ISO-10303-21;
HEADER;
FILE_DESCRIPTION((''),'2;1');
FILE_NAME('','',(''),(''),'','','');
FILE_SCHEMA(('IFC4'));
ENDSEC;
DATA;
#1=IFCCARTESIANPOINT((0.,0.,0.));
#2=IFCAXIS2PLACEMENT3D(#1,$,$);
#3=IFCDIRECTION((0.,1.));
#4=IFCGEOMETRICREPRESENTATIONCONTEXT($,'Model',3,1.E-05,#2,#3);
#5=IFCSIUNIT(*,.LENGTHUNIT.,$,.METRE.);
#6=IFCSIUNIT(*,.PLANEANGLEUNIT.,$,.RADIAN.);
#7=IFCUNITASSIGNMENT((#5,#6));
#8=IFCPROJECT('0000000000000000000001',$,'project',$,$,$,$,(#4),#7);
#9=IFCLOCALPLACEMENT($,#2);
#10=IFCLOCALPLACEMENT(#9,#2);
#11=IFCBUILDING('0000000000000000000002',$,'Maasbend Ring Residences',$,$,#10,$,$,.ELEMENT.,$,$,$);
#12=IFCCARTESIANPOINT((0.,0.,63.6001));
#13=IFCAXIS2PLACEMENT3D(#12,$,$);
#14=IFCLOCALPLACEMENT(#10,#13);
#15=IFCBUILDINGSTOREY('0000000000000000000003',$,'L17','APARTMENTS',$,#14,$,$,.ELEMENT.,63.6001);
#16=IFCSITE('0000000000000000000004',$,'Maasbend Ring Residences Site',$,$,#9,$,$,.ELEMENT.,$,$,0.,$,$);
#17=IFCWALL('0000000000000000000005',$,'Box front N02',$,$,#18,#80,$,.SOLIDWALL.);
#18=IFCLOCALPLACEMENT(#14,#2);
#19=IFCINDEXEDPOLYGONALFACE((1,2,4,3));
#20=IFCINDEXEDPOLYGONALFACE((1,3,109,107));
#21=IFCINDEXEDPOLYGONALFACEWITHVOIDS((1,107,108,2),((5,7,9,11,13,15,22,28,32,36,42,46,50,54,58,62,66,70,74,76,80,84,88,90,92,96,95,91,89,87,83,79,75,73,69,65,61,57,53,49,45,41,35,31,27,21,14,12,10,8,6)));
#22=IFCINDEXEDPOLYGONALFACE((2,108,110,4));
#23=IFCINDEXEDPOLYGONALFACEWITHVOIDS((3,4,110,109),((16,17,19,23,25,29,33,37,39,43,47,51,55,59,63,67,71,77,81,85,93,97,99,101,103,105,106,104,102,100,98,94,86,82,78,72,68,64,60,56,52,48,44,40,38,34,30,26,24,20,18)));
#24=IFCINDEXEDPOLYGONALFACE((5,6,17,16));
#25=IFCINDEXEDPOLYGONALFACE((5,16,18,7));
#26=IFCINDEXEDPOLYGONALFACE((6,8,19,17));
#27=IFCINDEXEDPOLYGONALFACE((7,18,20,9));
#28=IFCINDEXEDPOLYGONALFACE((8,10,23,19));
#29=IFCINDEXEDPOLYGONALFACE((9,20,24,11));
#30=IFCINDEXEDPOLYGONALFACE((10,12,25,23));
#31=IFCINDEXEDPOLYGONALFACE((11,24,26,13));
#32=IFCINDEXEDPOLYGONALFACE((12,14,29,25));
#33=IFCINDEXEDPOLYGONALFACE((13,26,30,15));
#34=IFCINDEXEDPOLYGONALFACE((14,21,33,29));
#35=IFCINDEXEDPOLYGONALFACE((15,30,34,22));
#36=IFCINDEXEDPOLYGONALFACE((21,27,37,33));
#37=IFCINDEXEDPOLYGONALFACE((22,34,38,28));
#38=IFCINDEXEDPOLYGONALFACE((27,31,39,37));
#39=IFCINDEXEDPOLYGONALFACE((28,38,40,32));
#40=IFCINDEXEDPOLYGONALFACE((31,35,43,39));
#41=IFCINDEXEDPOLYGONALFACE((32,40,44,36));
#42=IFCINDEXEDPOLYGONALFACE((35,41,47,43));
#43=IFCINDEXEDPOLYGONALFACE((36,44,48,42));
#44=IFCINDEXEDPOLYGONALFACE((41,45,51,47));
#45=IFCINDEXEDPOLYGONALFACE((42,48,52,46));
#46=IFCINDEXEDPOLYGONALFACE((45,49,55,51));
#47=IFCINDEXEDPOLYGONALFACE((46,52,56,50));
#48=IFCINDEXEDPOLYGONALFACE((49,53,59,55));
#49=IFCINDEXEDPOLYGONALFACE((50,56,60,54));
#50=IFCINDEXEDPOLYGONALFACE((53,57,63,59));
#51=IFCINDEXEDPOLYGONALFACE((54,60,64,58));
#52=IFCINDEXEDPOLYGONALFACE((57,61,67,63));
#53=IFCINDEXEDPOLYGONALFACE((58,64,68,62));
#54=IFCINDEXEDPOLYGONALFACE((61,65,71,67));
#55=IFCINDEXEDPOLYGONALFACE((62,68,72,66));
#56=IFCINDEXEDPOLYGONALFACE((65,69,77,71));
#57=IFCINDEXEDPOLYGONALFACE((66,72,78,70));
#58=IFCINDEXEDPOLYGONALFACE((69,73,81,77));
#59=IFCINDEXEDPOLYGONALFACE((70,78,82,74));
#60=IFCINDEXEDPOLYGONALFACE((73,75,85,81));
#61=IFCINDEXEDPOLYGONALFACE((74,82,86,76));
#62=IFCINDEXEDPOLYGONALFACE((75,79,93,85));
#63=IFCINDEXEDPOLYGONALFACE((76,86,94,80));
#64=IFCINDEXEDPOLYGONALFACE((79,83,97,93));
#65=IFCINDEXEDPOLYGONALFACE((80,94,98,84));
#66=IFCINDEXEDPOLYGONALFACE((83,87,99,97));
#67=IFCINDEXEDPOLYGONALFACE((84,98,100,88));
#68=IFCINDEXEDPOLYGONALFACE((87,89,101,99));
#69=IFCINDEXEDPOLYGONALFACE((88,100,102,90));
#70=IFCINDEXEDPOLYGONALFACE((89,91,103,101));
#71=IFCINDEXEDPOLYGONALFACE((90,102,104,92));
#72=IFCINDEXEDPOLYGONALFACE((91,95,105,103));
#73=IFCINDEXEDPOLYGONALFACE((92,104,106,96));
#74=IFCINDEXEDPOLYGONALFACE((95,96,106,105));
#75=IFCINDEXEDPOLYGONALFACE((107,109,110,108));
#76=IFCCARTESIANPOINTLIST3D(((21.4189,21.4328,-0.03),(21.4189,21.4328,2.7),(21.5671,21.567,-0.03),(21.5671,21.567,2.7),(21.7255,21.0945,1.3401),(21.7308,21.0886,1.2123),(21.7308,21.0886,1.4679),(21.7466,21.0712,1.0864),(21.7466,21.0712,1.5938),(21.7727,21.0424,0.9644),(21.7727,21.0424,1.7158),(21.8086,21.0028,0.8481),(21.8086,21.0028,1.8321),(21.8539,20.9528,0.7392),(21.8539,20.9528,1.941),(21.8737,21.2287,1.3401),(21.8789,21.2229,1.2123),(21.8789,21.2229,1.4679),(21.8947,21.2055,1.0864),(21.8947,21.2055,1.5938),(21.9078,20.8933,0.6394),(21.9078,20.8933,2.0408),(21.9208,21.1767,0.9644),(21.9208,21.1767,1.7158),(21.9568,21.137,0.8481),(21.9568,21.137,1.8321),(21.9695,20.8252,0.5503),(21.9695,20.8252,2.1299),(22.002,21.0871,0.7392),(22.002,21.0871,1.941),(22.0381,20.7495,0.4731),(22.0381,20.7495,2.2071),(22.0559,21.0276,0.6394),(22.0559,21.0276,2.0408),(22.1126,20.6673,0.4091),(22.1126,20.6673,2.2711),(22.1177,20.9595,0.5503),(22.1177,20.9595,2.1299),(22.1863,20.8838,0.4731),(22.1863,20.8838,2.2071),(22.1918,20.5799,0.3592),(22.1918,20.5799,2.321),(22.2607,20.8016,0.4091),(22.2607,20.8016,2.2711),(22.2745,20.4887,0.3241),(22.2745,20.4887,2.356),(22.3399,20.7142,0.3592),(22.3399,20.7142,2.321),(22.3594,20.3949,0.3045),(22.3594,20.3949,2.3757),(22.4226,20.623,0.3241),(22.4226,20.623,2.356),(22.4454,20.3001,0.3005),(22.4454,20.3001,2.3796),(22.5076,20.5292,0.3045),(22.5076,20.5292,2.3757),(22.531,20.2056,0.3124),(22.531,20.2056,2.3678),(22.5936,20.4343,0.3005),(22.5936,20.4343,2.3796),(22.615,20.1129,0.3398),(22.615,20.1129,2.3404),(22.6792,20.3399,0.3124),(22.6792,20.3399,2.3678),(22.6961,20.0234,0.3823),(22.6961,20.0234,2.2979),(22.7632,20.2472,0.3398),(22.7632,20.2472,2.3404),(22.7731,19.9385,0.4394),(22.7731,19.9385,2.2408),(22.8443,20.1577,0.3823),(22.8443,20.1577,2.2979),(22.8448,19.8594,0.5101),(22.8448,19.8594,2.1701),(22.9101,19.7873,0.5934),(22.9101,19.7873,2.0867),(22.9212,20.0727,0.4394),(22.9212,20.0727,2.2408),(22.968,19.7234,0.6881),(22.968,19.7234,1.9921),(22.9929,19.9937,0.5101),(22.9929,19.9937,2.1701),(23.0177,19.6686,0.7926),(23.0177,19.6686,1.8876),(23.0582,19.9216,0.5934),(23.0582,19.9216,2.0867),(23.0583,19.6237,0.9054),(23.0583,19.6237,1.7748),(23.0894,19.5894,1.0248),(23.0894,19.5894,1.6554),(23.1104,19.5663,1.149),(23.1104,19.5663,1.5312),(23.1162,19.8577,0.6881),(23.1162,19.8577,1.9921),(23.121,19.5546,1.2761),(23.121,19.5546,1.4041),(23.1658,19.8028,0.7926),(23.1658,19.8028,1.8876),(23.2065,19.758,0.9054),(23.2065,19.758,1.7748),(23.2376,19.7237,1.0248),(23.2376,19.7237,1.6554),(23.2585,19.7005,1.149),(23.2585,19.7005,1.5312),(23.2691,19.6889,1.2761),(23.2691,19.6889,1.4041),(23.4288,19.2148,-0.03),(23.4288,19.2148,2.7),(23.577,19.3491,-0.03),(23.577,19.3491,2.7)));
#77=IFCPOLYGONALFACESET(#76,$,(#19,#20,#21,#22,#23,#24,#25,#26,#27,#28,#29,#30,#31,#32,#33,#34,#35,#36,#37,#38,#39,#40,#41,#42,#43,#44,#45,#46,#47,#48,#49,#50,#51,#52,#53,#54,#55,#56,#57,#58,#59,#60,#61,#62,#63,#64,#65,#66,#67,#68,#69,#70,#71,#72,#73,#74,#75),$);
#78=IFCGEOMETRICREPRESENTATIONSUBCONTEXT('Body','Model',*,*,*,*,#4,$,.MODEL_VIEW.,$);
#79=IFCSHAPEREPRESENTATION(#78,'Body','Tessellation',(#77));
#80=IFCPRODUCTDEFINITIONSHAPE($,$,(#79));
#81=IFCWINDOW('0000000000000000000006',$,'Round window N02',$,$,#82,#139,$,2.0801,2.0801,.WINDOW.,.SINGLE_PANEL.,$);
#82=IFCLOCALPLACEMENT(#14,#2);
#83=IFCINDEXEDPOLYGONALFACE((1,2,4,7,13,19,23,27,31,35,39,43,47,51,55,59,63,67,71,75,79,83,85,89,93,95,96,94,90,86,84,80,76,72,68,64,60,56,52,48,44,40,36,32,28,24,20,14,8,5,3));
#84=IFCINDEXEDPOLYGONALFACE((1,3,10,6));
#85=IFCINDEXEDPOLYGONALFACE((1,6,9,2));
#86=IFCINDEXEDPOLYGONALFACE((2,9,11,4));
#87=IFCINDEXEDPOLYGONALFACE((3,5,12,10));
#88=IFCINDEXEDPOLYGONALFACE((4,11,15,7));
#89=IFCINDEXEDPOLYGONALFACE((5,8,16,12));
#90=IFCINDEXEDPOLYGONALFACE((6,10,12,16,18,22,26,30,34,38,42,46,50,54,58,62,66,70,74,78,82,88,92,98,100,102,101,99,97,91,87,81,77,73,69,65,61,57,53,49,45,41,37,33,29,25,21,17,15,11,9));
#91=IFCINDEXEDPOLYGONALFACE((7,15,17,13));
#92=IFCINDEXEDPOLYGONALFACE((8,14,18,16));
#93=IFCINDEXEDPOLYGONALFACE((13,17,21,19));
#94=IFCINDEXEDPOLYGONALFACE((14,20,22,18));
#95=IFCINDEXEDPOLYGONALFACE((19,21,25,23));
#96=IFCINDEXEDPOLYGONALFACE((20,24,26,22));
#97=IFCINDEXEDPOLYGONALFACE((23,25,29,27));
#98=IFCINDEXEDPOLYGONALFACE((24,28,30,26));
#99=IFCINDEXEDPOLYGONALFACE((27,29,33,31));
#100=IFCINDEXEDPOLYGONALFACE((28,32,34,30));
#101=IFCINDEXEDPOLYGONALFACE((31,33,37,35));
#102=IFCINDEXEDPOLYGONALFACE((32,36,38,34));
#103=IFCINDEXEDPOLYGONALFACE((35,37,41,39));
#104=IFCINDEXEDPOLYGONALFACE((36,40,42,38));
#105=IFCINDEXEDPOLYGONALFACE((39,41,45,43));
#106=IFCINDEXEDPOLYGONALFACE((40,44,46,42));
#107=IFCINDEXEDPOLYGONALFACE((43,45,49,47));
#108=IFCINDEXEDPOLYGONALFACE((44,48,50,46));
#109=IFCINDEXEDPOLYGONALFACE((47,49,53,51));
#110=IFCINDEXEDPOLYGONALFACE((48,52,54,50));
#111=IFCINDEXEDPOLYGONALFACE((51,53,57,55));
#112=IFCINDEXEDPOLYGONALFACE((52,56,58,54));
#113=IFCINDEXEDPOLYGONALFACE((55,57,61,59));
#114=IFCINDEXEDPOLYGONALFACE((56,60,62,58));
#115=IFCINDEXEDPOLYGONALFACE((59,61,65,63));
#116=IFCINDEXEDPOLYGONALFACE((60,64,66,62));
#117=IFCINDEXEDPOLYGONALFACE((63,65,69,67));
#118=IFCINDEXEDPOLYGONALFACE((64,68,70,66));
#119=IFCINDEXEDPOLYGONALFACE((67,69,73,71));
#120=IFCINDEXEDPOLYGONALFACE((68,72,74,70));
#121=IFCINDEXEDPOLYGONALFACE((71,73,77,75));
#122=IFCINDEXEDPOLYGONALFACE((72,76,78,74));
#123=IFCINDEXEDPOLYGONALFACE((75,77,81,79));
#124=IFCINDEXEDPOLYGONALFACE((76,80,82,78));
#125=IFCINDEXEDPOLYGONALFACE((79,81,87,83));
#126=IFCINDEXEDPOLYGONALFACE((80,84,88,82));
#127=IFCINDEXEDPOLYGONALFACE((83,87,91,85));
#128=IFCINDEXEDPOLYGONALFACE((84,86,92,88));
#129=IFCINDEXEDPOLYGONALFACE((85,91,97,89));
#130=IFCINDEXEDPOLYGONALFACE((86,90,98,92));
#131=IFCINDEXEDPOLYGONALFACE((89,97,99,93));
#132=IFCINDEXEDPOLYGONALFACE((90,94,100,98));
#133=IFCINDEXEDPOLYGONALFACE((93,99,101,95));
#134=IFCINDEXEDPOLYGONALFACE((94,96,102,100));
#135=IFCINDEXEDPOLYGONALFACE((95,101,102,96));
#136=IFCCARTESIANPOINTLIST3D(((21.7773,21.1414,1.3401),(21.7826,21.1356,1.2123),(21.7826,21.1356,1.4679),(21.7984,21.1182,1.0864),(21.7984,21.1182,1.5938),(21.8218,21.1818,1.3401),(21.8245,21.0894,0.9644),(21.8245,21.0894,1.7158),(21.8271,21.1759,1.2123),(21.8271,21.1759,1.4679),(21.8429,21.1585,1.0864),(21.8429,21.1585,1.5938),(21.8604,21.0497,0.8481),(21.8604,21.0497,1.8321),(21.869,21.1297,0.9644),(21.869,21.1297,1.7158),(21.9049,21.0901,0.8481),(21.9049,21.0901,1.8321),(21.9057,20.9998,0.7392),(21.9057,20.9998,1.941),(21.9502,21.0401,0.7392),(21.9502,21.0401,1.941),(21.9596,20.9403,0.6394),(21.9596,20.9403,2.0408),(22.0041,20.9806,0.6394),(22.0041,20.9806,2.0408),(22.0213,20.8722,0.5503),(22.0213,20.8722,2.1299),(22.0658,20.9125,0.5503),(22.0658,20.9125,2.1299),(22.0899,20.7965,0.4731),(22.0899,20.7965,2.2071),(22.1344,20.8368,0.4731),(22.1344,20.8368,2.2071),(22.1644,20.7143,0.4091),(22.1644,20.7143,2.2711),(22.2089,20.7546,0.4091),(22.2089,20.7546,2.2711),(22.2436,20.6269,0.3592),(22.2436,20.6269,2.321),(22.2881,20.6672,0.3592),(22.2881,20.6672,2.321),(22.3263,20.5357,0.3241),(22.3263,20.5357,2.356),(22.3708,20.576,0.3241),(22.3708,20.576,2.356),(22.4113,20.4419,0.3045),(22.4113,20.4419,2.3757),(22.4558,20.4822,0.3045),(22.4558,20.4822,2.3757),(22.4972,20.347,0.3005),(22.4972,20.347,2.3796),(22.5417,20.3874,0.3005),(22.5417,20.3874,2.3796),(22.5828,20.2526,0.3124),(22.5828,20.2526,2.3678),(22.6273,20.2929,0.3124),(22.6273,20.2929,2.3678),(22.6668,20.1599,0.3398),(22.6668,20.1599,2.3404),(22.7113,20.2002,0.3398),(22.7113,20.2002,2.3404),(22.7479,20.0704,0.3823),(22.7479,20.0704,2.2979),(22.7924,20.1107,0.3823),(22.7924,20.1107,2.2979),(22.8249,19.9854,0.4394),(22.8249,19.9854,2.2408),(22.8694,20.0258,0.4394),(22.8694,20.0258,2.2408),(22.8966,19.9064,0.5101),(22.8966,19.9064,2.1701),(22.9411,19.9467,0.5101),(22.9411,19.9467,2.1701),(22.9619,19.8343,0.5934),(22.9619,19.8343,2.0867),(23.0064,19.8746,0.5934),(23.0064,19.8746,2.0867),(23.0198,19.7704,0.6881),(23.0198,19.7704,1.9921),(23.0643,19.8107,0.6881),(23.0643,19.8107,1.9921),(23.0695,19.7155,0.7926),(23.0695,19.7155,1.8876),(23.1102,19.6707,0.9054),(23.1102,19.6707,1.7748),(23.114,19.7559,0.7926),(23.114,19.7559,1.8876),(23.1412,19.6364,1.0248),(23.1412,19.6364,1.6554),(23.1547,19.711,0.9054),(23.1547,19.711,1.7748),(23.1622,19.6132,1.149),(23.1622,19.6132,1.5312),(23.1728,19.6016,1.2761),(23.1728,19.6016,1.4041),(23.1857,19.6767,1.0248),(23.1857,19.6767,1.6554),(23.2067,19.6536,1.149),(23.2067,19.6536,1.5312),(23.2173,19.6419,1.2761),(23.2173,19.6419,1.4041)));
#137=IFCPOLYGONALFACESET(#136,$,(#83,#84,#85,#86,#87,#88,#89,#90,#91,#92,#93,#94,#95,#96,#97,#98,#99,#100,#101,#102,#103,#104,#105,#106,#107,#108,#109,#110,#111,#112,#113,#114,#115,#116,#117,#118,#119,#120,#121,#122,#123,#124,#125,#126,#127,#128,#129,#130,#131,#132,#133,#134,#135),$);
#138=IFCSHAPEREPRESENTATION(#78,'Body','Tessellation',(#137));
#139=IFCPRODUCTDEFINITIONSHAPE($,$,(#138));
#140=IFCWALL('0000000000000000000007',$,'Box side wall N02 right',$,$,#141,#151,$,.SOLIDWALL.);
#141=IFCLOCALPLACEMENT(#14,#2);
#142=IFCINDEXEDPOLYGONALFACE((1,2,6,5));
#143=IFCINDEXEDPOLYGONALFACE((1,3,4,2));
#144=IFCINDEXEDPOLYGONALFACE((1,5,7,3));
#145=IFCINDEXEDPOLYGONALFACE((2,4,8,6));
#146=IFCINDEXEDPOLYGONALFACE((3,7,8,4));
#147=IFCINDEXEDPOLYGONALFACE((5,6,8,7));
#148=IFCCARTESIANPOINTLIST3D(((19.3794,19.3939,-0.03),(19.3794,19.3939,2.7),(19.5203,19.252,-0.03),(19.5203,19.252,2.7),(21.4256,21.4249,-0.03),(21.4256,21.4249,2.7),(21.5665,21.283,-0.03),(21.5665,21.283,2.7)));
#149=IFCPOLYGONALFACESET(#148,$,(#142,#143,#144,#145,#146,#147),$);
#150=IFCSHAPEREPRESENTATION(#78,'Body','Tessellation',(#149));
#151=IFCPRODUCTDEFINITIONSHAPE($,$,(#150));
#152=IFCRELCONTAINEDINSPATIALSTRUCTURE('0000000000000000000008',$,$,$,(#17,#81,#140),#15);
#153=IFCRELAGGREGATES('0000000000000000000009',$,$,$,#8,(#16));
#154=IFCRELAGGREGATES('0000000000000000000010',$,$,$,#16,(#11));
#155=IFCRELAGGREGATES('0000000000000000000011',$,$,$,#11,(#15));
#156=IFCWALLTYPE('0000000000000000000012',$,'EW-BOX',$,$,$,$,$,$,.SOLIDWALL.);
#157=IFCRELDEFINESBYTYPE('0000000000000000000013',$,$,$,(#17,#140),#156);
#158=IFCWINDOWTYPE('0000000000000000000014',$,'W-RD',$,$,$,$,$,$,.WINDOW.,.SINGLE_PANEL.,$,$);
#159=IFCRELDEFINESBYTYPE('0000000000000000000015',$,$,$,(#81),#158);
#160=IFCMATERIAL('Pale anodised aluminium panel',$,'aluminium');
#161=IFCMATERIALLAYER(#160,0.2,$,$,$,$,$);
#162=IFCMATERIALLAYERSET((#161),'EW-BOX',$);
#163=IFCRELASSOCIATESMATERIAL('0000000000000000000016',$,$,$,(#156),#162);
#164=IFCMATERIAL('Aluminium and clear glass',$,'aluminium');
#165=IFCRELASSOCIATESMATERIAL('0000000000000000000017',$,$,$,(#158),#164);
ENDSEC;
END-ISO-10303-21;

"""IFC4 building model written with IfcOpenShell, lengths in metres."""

from ifc_helpers import new_model, si_unit, direction, frame, frame_2d, origin, place, context, subcontext, project, spatial, rectangle, circle, extrude, material, layer, layer_set, type_object, element, fill, save


model = new_model("IFC4")

# Units and contexts
model_context = context("Model", 3, precision=1e-05, world=origin(), true_north=direction((0.0, 1.0)))
body_context = subcontext(model_context, "Body", "Model", "MODEL_VIEW")
ifc_project = project(units=[si_unit("LENGTHUNIT", "METRE"), si_unit("PLANEANGLEUNIT", "RADIAN")], contexts=[model_context])

# Site, building, storey
site_placement = place(None, origin())
site = spatial("IfcSite", under=ifc_project, at=site_placement, Name="Maasbend Ring Residences Site", CompositionType="ELEMENT", RefElevation=0.0)
building_placement = place(site_placement, origin())
building = spatial("IfcBuilding", under=site, at=building_placement, Name="Maasbend Ring Residences", CompositionType="ELEMENT")
storey_placement = place(building_placement, frame((0.0, 0.0, 63.6001)))
storey = spatial("IfcBuildingStorey", under=building, at=storey_placement, Name="L17", Description="APARTMENTS", CompositionType="ELEMENT", Elevation=63.6001)

# Wall, opening, window
ifc_material_1 = material(Name="Pale anodised aluminium panel", Category="aluminium")
ifc_layer_1 = layer(ifc_material_1, 0.2)
ifc_layer_set_1 = layer_set([ifc_layer_1], Name="EW-BOX")
wall_type_1 = type_object("IfcWallType", Name="EW-BOX", PredefinedType="SOLIDWALL", material=ifc_layer_set_1)
wall_1_placement = place(storey_placement, frame((23.5029, 19.282, -0.03), z_axis=(0.0, 0.0, 1.0), x_axis=(-0.671507, 0.740998, 0.0)))
wall_1 = element("IfcWall", 1, at=wall_1_placement, inside=storey, type_object=wall_type_1, Name="Box front N02", PredefinedType="SOLIDWALL", context=body_context, shape_type="SweptSolid", body=[
    extrude(rectangle(XDim=2.9932, YDim=0.2, at=frame_2d((1.4966, 0.0))), origin(), (0.0, 0.0, 1.0), 2.73),
])
opening_1_placement = place(wall_1_placement, frame((0.4565, 0.0, 0.3301)))
opening_1 = element("IfcOpeningElement", 2, at=opening_1_placement, cuts=wall_1, PredefinedType="OPENING", context=body_context, shape_type="SweptSolid", body=[
    extrude(circle(Radius=1.04, at=frame_2d((1.04, 1.04))), frame((0.0, 0.1099, 0.0), z_axis=(0.0, -1.0, 0.0), x_axis=(1.0, 0.0, 0.0)), (0.0, 0.0, 1.0), 0.22),
])
ifc_material_2 = material(Name="Aluminium and clear glass", Category="aluminium")
window_type_1 = type_object("IfcWindowType", Name="W-RD", PartitioningType="SINGLE_PANEL", PredefinedType="WINDOW", material=ifc_material_2)
window_1_placement = place(opening_1_placement, origin())
window_1 = element("IfcWindow", 3, at=window_1_placement, inside=storey, type_object=window_type_1, Name="Round window N02", OverallHeight=2.0801, OverallWidth=2.0801, PartitioningType="SINGLE_PANEL", PredefinedType="WINDOW", context=body_context, shape_type="SweptSolid", body=[
    extrude(circle(Radius=1.04, at=frame_2d((1.04, 1.04))), frame((0.0, 0.03, 0.0), z_axis=(0.0, -1.0, 0.0), x_axis=(1.0, 0.0, 0.0)), (0.0, 0.0, 1.0), 0.0601),
])
fill(opening_1, window_1)

# Wall
wall_2_placement = place(storey_placement, frame((19.45, 19.323, -0.03), z_axis=(0.0, 0.0, 1.0), x_axis=(0.709727, 0.704477, 0.0)))
element("IfcWall", 4, at=wall_2_placement, inside=storey, type_object=wall_type_1, Name="Box side wall N02 right", PredefinedType="SOLIDWALL", context=body_context, shape_type="SweptSolid", body=[
    extrude(rectangle(XDim=2.8831, YDim=0.2, at=frame_2d((1.4414, 0.0))), origin(), (0.0, 0.0, 1.0), 2.73),
])

save(model, "model.ifc")
